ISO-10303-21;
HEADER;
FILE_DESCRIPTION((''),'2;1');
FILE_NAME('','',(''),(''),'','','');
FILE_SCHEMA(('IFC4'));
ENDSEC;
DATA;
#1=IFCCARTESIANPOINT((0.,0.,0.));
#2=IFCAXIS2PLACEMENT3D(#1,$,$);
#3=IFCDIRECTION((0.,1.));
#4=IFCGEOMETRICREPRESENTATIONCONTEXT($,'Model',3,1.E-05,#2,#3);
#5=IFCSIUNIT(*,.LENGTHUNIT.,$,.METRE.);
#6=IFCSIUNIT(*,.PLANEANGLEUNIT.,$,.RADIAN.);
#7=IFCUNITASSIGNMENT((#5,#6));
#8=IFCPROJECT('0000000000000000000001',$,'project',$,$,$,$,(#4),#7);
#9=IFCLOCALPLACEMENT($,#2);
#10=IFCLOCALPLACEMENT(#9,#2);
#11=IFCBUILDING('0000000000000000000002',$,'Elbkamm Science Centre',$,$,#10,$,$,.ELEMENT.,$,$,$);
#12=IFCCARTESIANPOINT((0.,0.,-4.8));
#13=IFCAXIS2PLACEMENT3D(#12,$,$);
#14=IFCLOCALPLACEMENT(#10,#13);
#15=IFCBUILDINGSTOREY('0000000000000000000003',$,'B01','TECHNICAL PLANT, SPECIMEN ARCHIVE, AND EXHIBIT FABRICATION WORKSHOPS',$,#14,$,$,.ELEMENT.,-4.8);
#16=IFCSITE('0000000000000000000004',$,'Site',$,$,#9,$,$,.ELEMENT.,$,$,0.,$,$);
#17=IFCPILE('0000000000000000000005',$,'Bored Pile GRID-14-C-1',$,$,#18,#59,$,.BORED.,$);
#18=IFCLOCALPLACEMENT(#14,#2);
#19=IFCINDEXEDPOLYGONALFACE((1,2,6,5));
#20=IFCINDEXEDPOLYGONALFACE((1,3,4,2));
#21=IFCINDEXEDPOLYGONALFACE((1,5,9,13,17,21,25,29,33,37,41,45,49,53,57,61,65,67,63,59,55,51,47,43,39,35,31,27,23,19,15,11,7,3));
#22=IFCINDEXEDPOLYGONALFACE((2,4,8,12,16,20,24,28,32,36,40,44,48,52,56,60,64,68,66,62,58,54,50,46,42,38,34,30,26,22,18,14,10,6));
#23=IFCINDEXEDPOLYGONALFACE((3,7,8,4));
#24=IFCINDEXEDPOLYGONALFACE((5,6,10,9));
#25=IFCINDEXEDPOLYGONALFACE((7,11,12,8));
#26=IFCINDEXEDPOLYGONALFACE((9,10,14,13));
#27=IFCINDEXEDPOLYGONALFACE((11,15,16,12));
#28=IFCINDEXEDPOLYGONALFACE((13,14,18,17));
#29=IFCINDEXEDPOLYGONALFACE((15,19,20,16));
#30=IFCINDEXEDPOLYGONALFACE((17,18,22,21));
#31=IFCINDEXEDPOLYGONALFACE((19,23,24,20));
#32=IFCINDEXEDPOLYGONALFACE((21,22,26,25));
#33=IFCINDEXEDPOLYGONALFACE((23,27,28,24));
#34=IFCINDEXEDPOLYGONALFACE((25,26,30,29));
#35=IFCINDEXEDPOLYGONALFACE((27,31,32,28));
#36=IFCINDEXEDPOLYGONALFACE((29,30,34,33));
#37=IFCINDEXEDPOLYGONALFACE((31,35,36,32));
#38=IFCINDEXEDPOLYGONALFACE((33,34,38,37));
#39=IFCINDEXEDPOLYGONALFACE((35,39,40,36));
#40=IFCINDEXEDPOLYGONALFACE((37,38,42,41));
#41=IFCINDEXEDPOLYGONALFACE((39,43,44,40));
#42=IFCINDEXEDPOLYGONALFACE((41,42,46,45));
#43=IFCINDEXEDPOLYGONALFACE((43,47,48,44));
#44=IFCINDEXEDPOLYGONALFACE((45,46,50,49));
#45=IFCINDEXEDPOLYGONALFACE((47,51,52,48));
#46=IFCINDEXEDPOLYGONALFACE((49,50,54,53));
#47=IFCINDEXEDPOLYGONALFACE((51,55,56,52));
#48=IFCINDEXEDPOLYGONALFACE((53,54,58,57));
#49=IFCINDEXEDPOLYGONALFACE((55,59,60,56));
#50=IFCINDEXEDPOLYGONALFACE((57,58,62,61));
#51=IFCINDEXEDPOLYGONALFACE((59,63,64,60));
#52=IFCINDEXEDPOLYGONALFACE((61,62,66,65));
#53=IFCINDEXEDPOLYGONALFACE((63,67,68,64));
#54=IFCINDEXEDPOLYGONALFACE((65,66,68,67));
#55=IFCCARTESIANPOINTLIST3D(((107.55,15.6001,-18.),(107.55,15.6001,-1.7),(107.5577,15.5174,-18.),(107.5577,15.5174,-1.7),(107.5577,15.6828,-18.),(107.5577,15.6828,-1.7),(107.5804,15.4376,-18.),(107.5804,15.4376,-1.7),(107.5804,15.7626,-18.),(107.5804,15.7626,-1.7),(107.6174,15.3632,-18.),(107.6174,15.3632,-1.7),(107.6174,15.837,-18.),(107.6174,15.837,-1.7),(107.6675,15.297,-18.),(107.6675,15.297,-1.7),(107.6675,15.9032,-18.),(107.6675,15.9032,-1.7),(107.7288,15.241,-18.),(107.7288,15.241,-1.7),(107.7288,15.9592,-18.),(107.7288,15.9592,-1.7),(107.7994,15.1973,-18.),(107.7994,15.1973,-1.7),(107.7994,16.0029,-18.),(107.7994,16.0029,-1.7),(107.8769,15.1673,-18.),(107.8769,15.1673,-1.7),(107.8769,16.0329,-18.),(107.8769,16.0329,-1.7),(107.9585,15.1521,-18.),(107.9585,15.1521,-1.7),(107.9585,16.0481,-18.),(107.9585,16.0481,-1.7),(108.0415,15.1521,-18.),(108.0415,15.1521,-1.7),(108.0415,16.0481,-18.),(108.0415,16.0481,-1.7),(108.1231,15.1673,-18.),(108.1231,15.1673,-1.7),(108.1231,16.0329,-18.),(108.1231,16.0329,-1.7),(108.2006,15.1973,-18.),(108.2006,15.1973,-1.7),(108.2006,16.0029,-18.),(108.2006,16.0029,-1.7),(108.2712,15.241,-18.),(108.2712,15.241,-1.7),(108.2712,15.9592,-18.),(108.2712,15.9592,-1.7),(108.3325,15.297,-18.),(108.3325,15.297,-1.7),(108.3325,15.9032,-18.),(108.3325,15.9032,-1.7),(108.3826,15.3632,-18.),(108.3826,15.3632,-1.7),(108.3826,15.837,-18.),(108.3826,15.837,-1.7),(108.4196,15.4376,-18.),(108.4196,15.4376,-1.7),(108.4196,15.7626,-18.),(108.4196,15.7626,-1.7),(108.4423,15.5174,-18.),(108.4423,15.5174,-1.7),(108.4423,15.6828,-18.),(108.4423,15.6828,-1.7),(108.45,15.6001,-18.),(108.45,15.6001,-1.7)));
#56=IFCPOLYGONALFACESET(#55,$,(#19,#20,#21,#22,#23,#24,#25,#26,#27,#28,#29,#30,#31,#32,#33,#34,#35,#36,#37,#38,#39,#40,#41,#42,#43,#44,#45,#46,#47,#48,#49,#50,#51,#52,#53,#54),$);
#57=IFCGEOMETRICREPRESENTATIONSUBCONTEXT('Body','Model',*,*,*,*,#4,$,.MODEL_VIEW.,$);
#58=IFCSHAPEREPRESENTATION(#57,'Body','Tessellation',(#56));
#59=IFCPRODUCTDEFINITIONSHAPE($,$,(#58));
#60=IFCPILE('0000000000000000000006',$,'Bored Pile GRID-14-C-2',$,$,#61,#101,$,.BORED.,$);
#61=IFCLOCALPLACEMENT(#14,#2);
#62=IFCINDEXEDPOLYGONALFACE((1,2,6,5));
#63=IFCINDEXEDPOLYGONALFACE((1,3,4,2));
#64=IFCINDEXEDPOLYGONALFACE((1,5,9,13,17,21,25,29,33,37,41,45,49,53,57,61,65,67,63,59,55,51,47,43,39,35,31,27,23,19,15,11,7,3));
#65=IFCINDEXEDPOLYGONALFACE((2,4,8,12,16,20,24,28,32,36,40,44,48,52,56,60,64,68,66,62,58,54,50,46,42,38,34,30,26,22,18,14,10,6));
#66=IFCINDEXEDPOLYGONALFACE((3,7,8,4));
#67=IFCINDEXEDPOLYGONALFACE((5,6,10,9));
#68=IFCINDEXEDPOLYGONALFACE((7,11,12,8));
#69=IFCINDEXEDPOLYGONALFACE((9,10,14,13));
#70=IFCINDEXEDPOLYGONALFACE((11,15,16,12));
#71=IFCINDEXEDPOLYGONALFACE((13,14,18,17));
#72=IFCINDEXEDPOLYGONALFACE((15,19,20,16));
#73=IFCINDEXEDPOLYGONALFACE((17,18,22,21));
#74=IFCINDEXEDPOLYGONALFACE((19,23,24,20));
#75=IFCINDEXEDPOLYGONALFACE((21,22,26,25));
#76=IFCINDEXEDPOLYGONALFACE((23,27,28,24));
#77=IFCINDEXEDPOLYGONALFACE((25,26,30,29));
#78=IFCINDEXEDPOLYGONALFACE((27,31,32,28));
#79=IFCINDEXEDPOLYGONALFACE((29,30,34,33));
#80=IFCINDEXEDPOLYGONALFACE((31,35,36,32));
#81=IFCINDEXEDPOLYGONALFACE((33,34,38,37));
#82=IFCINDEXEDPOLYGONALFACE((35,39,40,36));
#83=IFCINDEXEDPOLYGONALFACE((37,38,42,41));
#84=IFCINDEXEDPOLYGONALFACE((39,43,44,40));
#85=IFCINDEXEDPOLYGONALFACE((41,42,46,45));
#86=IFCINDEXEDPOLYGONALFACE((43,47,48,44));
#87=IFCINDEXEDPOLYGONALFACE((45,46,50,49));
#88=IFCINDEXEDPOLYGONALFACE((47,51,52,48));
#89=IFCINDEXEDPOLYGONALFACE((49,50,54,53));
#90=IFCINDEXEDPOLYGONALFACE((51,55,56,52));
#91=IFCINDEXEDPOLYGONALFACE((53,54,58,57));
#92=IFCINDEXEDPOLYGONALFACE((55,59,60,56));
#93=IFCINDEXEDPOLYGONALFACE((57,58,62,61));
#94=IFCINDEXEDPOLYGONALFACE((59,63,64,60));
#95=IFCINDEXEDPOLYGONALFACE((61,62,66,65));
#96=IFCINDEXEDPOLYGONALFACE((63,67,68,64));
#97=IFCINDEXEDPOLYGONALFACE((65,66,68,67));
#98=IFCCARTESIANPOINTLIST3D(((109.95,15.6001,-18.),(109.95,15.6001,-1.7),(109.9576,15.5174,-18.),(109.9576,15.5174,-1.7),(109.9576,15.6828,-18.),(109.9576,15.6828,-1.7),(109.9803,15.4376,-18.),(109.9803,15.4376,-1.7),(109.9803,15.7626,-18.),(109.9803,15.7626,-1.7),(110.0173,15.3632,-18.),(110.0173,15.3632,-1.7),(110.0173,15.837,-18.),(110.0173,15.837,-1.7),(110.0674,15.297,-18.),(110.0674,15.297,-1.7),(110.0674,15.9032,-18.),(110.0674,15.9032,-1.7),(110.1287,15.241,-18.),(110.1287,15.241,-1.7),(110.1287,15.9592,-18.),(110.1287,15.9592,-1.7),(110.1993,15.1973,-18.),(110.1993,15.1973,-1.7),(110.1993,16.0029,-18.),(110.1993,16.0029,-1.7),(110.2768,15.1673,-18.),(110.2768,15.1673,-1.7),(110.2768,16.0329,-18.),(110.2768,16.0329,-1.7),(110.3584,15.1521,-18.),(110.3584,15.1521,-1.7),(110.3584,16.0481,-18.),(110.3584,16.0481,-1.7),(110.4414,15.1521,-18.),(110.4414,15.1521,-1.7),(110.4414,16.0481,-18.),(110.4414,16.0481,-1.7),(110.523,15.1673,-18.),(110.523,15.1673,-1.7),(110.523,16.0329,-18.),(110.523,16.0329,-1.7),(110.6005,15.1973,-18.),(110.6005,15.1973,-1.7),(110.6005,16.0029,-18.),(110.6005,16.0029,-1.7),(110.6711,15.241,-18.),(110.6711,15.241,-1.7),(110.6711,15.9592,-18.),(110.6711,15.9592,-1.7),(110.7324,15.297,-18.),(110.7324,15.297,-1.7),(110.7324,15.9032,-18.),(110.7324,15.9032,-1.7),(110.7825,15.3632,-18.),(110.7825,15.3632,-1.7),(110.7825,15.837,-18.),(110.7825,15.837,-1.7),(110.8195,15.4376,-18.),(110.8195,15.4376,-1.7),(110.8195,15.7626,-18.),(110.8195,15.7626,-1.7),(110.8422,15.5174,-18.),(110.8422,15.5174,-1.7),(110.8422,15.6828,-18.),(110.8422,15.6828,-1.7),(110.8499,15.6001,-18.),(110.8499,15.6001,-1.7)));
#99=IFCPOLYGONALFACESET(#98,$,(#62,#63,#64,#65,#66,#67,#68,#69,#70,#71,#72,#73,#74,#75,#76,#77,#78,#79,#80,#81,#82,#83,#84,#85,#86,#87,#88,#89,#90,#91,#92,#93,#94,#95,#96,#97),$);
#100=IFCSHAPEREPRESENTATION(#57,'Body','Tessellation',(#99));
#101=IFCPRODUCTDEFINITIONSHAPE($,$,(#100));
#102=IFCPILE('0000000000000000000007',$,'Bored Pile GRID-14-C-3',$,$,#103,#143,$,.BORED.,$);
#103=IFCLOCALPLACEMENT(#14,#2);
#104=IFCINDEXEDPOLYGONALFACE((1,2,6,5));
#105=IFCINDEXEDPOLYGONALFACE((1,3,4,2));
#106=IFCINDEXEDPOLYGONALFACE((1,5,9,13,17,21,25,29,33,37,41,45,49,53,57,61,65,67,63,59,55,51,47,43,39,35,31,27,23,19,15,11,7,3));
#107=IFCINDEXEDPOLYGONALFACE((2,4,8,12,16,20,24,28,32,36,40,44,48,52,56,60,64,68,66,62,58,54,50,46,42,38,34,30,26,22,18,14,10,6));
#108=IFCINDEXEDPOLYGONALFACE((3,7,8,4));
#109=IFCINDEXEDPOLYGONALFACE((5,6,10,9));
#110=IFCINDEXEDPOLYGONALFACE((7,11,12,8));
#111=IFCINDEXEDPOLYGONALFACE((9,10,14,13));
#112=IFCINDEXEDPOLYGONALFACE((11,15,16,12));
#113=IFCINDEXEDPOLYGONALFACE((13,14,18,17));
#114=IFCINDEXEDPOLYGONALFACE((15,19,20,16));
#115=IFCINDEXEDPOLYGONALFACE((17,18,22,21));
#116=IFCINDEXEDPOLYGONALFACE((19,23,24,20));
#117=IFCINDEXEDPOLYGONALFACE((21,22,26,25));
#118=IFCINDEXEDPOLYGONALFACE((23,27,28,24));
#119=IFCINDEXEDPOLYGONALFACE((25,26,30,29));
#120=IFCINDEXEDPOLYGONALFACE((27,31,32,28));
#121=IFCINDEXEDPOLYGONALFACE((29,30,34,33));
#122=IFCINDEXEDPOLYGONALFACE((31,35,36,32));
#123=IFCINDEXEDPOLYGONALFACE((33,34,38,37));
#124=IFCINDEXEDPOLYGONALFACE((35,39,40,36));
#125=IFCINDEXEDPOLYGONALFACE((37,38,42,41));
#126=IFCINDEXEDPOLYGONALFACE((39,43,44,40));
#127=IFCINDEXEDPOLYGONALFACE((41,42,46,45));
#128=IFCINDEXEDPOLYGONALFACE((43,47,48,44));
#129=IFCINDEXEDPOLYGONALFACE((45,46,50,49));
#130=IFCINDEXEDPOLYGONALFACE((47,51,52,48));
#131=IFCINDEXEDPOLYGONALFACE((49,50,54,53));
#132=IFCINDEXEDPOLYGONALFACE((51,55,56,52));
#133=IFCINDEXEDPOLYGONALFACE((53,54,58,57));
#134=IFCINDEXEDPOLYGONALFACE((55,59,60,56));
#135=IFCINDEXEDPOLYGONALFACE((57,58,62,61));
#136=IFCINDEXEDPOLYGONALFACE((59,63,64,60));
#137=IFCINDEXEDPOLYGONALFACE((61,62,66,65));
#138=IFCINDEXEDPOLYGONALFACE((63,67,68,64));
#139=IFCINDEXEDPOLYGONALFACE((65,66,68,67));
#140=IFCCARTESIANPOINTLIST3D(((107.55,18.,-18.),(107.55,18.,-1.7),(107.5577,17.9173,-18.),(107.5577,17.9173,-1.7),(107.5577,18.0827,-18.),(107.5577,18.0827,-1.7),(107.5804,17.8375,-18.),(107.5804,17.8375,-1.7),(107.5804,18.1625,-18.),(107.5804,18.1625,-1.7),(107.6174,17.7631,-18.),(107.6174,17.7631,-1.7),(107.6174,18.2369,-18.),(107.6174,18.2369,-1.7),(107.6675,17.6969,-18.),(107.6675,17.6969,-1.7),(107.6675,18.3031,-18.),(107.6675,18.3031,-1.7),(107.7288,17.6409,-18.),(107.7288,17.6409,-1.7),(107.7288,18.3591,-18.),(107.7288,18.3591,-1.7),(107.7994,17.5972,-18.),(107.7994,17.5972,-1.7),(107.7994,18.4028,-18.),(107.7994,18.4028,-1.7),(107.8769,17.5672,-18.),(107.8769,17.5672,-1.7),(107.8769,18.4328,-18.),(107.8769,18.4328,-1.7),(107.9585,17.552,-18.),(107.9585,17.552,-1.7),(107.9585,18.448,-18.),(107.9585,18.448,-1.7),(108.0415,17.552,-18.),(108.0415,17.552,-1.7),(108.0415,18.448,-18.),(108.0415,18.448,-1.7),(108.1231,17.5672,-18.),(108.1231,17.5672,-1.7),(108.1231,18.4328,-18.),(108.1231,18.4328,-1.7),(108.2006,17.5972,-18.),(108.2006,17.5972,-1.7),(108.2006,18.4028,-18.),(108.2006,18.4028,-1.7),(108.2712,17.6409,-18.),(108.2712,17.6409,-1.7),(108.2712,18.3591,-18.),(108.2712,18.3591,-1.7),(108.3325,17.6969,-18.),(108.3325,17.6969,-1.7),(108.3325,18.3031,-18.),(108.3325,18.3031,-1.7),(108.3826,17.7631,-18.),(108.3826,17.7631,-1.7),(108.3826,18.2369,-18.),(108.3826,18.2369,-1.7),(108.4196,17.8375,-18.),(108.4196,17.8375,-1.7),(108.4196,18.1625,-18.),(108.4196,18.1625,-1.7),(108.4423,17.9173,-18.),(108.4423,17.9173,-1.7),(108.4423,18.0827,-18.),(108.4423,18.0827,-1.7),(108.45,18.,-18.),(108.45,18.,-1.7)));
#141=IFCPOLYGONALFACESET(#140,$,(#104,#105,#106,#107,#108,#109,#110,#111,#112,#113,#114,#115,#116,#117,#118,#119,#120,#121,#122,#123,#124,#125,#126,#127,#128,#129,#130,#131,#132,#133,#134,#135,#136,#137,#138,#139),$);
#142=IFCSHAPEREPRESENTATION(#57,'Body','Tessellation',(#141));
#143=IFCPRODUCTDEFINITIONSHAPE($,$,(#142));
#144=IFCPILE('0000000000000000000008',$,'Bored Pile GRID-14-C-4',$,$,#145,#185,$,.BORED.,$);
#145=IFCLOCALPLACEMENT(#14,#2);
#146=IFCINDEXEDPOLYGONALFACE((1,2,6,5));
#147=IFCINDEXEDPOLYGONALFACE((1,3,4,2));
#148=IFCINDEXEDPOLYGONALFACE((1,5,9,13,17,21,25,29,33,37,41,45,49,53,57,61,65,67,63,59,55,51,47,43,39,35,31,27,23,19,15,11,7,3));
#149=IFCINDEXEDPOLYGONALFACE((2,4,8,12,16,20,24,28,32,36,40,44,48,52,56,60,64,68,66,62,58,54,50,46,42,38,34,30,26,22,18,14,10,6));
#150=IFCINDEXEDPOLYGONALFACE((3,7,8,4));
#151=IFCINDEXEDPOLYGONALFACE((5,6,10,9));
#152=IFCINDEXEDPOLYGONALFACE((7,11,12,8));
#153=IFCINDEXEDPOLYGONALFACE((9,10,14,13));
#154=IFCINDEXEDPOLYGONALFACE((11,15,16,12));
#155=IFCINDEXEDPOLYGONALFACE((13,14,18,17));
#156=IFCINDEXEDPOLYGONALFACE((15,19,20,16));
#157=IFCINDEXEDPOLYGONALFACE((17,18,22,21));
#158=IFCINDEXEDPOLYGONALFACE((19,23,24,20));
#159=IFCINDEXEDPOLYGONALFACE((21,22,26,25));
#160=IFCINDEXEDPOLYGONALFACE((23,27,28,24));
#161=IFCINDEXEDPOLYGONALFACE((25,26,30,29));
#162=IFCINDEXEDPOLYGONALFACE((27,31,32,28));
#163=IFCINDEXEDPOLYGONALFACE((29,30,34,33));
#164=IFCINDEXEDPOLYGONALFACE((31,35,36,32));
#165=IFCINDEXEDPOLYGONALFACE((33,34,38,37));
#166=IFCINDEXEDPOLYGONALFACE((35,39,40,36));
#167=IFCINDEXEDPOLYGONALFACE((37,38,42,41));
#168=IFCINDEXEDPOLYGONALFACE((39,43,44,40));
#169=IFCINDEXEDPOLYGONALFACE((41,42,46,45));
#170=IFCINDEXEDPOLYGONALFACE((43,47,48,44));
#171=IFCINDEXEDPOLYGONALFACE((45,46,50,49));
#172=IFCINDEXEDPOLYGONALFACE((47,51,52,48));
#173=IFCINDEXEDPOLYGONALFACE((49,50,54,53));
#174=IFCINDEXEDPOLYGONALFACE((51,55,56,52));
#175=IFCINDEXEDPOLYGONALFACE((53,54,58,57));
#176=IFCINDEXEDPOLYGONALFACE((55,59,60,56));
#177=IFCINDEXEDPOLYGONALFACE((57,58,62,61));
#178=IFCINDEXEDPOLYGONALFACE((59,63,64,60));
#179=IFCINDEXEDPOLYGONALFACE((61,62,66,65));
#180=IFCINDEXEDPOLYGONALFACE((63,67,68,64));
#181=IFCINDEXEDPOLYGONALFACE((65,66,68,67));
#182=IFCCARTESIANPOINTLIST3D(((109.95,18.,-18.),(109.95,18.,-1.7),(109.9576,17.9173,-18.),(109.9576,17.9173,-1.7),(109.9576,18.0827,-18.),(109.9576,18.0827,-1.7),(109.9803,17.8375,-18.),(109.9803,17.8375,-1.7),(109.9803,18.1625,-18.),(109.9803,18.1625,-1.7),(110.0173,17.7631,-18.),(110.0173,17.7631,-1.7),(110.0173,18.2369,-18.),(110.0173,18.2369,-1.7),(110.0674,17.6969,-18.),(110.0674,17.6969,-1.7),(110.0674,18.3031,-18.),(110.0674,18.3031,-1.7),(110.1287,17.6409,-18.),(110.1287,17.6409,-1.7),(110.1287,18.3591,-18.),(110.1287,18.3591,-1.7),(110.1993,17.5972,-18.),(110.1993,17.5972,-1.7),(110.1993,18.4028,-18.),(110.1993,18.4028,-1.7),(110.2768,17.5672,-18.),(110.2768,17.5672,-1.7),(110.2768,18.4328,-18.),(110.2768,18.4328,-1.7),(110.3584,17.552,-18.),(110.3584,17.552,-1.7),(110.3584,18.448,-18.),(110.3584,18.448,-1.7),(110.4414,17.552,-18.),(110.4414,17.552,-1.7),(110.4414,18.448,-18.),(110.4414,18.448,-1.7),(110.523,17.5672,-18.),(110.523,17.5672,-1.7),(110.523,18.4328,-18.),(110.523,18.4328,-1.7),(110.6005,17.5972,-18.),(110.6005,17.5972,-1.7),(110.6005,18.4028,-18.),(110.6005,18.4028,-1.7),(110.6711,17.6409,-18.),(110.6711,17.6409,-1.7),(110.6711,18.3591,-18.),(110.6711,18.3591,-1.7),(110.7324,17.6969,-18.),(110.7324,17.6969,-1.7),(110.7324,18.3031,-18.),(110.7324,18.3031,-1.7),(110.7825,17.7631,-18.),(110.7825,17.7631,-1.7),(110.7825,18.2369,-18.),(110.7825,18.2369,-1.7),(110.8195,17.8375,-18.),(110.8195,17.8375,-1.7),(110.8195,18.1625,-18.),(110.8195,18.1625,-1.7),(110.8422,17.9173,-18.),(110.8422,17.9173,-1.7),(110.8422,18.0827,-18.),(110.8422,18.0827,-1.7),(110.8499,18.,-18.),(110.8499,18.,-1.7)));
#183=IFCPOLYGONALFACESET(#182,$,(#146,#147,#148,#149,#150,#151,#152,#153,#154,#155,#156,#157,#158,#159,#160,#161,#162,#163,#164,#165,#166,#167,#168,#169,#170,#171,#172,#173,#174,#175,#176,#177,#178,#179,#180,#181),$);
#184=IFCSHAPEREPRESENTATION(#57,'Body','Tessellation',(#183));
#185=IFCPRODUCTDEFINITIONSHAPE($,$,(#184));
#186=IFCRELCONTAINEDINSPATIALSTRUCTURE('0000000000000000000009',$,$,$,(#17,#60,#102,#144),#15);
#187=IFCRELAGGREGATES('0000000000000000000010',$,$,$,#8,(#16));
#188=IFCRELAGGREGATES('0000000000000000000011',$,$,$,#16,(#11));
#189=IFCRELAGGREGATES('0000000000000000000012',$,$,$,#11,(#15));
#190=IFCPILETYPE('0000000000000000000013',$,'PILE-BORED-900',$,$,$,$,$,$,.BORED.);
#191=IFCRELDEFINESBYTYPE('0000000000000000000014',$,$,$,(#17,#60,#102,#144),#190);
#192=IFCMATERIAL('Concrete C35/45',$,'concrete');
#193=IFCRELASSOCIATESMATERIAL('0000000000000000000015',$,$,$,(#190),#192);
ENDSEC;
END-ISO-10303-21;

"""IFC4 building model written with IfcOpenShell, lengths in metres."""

from ifc_helpers import new_model, si_unit, direction, frame, origin, origin_2d, place, context, subcontext, project, spatial, circle, extrude, material, material_profile, profile_set, type_object, element, save


model = new_model("IFC4")

# Units and contexts
model_context = context("Model", 3, precision=1e-05, world=origin(), true_north=direction((0.0, 1.0)))
body_context = subcontext(model_context, "Body", "Model", "MODEL_VIEW")
ifc_project = project(units=[si_unit("LENGTHUNIT", "METRE"), si_unit("PLANEANGLEUNIT", "RADIAN")], contexts=[model_context])

# Site, building, storey
site_placement = place(None, origin())
site = spatial("IfcSite", under=ifc_project, at=site_placement, Name="Site", CompositionType="ELEMENT", RefElevation=0.0)
building_placement = place(site_placement, origin())
building = spatial("IfcBuilding", under=site, at=building_placement, Name="Elbkamm Science Centre", CompositionType="ELEMENT")
storey_placement = place(building_placement, frame((0.0, 0.0, -4.8)))
storey = spatial("IfcBuildingStorey", under=building, at=storey_placement, Name="B01", Description="TECHNICAL PLANT, SPECIMEN ARCHIVE, AND EXHIBIT FABRICATION WORKSHOPS", CompositionType="ELEMENT", Elevation=-4.8)

# Shared definitions
ifc_material_1 = material(Name="Concrete C35/45", Category="concrete")

# Piles
ifc_material_profile_1 = material_profile(ifc_material_1, circle(Radius=0.45, at=origin_2d()), Name="PILE D900")
ifc_profile_set_1 = profile_set([ifc_material_profile_1], Name="Concrete C35/45")
pile_type = type_object("IfcPileType", Name="PILE-BORED-900", PredefinedType="BORED", material=ifc_profile_set_1)
for number, where, z_axis, x_axis, name in (
    (1, (108.0, 15.6001, -1.7), (0.0, 0.0, -1.0), (1.0, 0.0, 0.0), "Bored Pile GRID-14-C-1"),
    (2, (110.3999, 15.6001, -1.7), (0.0, 0.0, -1.0), (1.0, 0.0, 0.0), "Bored Pile GRID-14-C-2"),
    (3, (108.0, 18.0, -1.7), (0.0, 0.0, -1.0), (1.0, 0.0, 0.0), "Bored Pile GRID-14-C-3"),
    (4, (110.3999, 18.0, -1.7), (0.0, 0.0, -1.0), (1.0, 0.0, 0.0), "Bored Pile GRID-14-C-4"),
):
    element("IfcPile", number, at=place(storey_placement, frame(where, z_axis=z_axis, x_axis=x_axis)), inside=storey, type_object=pile_type, Name=name, PredefinedType="BORED", context=body_context, shape_type="SweptSolid", body=[
        extrude(circle(Radius=0.45, at=origin_2d()), origin(), (0.0, 0.0, 1.0), 16.3),
    ])

save(model, "model.ifc")
